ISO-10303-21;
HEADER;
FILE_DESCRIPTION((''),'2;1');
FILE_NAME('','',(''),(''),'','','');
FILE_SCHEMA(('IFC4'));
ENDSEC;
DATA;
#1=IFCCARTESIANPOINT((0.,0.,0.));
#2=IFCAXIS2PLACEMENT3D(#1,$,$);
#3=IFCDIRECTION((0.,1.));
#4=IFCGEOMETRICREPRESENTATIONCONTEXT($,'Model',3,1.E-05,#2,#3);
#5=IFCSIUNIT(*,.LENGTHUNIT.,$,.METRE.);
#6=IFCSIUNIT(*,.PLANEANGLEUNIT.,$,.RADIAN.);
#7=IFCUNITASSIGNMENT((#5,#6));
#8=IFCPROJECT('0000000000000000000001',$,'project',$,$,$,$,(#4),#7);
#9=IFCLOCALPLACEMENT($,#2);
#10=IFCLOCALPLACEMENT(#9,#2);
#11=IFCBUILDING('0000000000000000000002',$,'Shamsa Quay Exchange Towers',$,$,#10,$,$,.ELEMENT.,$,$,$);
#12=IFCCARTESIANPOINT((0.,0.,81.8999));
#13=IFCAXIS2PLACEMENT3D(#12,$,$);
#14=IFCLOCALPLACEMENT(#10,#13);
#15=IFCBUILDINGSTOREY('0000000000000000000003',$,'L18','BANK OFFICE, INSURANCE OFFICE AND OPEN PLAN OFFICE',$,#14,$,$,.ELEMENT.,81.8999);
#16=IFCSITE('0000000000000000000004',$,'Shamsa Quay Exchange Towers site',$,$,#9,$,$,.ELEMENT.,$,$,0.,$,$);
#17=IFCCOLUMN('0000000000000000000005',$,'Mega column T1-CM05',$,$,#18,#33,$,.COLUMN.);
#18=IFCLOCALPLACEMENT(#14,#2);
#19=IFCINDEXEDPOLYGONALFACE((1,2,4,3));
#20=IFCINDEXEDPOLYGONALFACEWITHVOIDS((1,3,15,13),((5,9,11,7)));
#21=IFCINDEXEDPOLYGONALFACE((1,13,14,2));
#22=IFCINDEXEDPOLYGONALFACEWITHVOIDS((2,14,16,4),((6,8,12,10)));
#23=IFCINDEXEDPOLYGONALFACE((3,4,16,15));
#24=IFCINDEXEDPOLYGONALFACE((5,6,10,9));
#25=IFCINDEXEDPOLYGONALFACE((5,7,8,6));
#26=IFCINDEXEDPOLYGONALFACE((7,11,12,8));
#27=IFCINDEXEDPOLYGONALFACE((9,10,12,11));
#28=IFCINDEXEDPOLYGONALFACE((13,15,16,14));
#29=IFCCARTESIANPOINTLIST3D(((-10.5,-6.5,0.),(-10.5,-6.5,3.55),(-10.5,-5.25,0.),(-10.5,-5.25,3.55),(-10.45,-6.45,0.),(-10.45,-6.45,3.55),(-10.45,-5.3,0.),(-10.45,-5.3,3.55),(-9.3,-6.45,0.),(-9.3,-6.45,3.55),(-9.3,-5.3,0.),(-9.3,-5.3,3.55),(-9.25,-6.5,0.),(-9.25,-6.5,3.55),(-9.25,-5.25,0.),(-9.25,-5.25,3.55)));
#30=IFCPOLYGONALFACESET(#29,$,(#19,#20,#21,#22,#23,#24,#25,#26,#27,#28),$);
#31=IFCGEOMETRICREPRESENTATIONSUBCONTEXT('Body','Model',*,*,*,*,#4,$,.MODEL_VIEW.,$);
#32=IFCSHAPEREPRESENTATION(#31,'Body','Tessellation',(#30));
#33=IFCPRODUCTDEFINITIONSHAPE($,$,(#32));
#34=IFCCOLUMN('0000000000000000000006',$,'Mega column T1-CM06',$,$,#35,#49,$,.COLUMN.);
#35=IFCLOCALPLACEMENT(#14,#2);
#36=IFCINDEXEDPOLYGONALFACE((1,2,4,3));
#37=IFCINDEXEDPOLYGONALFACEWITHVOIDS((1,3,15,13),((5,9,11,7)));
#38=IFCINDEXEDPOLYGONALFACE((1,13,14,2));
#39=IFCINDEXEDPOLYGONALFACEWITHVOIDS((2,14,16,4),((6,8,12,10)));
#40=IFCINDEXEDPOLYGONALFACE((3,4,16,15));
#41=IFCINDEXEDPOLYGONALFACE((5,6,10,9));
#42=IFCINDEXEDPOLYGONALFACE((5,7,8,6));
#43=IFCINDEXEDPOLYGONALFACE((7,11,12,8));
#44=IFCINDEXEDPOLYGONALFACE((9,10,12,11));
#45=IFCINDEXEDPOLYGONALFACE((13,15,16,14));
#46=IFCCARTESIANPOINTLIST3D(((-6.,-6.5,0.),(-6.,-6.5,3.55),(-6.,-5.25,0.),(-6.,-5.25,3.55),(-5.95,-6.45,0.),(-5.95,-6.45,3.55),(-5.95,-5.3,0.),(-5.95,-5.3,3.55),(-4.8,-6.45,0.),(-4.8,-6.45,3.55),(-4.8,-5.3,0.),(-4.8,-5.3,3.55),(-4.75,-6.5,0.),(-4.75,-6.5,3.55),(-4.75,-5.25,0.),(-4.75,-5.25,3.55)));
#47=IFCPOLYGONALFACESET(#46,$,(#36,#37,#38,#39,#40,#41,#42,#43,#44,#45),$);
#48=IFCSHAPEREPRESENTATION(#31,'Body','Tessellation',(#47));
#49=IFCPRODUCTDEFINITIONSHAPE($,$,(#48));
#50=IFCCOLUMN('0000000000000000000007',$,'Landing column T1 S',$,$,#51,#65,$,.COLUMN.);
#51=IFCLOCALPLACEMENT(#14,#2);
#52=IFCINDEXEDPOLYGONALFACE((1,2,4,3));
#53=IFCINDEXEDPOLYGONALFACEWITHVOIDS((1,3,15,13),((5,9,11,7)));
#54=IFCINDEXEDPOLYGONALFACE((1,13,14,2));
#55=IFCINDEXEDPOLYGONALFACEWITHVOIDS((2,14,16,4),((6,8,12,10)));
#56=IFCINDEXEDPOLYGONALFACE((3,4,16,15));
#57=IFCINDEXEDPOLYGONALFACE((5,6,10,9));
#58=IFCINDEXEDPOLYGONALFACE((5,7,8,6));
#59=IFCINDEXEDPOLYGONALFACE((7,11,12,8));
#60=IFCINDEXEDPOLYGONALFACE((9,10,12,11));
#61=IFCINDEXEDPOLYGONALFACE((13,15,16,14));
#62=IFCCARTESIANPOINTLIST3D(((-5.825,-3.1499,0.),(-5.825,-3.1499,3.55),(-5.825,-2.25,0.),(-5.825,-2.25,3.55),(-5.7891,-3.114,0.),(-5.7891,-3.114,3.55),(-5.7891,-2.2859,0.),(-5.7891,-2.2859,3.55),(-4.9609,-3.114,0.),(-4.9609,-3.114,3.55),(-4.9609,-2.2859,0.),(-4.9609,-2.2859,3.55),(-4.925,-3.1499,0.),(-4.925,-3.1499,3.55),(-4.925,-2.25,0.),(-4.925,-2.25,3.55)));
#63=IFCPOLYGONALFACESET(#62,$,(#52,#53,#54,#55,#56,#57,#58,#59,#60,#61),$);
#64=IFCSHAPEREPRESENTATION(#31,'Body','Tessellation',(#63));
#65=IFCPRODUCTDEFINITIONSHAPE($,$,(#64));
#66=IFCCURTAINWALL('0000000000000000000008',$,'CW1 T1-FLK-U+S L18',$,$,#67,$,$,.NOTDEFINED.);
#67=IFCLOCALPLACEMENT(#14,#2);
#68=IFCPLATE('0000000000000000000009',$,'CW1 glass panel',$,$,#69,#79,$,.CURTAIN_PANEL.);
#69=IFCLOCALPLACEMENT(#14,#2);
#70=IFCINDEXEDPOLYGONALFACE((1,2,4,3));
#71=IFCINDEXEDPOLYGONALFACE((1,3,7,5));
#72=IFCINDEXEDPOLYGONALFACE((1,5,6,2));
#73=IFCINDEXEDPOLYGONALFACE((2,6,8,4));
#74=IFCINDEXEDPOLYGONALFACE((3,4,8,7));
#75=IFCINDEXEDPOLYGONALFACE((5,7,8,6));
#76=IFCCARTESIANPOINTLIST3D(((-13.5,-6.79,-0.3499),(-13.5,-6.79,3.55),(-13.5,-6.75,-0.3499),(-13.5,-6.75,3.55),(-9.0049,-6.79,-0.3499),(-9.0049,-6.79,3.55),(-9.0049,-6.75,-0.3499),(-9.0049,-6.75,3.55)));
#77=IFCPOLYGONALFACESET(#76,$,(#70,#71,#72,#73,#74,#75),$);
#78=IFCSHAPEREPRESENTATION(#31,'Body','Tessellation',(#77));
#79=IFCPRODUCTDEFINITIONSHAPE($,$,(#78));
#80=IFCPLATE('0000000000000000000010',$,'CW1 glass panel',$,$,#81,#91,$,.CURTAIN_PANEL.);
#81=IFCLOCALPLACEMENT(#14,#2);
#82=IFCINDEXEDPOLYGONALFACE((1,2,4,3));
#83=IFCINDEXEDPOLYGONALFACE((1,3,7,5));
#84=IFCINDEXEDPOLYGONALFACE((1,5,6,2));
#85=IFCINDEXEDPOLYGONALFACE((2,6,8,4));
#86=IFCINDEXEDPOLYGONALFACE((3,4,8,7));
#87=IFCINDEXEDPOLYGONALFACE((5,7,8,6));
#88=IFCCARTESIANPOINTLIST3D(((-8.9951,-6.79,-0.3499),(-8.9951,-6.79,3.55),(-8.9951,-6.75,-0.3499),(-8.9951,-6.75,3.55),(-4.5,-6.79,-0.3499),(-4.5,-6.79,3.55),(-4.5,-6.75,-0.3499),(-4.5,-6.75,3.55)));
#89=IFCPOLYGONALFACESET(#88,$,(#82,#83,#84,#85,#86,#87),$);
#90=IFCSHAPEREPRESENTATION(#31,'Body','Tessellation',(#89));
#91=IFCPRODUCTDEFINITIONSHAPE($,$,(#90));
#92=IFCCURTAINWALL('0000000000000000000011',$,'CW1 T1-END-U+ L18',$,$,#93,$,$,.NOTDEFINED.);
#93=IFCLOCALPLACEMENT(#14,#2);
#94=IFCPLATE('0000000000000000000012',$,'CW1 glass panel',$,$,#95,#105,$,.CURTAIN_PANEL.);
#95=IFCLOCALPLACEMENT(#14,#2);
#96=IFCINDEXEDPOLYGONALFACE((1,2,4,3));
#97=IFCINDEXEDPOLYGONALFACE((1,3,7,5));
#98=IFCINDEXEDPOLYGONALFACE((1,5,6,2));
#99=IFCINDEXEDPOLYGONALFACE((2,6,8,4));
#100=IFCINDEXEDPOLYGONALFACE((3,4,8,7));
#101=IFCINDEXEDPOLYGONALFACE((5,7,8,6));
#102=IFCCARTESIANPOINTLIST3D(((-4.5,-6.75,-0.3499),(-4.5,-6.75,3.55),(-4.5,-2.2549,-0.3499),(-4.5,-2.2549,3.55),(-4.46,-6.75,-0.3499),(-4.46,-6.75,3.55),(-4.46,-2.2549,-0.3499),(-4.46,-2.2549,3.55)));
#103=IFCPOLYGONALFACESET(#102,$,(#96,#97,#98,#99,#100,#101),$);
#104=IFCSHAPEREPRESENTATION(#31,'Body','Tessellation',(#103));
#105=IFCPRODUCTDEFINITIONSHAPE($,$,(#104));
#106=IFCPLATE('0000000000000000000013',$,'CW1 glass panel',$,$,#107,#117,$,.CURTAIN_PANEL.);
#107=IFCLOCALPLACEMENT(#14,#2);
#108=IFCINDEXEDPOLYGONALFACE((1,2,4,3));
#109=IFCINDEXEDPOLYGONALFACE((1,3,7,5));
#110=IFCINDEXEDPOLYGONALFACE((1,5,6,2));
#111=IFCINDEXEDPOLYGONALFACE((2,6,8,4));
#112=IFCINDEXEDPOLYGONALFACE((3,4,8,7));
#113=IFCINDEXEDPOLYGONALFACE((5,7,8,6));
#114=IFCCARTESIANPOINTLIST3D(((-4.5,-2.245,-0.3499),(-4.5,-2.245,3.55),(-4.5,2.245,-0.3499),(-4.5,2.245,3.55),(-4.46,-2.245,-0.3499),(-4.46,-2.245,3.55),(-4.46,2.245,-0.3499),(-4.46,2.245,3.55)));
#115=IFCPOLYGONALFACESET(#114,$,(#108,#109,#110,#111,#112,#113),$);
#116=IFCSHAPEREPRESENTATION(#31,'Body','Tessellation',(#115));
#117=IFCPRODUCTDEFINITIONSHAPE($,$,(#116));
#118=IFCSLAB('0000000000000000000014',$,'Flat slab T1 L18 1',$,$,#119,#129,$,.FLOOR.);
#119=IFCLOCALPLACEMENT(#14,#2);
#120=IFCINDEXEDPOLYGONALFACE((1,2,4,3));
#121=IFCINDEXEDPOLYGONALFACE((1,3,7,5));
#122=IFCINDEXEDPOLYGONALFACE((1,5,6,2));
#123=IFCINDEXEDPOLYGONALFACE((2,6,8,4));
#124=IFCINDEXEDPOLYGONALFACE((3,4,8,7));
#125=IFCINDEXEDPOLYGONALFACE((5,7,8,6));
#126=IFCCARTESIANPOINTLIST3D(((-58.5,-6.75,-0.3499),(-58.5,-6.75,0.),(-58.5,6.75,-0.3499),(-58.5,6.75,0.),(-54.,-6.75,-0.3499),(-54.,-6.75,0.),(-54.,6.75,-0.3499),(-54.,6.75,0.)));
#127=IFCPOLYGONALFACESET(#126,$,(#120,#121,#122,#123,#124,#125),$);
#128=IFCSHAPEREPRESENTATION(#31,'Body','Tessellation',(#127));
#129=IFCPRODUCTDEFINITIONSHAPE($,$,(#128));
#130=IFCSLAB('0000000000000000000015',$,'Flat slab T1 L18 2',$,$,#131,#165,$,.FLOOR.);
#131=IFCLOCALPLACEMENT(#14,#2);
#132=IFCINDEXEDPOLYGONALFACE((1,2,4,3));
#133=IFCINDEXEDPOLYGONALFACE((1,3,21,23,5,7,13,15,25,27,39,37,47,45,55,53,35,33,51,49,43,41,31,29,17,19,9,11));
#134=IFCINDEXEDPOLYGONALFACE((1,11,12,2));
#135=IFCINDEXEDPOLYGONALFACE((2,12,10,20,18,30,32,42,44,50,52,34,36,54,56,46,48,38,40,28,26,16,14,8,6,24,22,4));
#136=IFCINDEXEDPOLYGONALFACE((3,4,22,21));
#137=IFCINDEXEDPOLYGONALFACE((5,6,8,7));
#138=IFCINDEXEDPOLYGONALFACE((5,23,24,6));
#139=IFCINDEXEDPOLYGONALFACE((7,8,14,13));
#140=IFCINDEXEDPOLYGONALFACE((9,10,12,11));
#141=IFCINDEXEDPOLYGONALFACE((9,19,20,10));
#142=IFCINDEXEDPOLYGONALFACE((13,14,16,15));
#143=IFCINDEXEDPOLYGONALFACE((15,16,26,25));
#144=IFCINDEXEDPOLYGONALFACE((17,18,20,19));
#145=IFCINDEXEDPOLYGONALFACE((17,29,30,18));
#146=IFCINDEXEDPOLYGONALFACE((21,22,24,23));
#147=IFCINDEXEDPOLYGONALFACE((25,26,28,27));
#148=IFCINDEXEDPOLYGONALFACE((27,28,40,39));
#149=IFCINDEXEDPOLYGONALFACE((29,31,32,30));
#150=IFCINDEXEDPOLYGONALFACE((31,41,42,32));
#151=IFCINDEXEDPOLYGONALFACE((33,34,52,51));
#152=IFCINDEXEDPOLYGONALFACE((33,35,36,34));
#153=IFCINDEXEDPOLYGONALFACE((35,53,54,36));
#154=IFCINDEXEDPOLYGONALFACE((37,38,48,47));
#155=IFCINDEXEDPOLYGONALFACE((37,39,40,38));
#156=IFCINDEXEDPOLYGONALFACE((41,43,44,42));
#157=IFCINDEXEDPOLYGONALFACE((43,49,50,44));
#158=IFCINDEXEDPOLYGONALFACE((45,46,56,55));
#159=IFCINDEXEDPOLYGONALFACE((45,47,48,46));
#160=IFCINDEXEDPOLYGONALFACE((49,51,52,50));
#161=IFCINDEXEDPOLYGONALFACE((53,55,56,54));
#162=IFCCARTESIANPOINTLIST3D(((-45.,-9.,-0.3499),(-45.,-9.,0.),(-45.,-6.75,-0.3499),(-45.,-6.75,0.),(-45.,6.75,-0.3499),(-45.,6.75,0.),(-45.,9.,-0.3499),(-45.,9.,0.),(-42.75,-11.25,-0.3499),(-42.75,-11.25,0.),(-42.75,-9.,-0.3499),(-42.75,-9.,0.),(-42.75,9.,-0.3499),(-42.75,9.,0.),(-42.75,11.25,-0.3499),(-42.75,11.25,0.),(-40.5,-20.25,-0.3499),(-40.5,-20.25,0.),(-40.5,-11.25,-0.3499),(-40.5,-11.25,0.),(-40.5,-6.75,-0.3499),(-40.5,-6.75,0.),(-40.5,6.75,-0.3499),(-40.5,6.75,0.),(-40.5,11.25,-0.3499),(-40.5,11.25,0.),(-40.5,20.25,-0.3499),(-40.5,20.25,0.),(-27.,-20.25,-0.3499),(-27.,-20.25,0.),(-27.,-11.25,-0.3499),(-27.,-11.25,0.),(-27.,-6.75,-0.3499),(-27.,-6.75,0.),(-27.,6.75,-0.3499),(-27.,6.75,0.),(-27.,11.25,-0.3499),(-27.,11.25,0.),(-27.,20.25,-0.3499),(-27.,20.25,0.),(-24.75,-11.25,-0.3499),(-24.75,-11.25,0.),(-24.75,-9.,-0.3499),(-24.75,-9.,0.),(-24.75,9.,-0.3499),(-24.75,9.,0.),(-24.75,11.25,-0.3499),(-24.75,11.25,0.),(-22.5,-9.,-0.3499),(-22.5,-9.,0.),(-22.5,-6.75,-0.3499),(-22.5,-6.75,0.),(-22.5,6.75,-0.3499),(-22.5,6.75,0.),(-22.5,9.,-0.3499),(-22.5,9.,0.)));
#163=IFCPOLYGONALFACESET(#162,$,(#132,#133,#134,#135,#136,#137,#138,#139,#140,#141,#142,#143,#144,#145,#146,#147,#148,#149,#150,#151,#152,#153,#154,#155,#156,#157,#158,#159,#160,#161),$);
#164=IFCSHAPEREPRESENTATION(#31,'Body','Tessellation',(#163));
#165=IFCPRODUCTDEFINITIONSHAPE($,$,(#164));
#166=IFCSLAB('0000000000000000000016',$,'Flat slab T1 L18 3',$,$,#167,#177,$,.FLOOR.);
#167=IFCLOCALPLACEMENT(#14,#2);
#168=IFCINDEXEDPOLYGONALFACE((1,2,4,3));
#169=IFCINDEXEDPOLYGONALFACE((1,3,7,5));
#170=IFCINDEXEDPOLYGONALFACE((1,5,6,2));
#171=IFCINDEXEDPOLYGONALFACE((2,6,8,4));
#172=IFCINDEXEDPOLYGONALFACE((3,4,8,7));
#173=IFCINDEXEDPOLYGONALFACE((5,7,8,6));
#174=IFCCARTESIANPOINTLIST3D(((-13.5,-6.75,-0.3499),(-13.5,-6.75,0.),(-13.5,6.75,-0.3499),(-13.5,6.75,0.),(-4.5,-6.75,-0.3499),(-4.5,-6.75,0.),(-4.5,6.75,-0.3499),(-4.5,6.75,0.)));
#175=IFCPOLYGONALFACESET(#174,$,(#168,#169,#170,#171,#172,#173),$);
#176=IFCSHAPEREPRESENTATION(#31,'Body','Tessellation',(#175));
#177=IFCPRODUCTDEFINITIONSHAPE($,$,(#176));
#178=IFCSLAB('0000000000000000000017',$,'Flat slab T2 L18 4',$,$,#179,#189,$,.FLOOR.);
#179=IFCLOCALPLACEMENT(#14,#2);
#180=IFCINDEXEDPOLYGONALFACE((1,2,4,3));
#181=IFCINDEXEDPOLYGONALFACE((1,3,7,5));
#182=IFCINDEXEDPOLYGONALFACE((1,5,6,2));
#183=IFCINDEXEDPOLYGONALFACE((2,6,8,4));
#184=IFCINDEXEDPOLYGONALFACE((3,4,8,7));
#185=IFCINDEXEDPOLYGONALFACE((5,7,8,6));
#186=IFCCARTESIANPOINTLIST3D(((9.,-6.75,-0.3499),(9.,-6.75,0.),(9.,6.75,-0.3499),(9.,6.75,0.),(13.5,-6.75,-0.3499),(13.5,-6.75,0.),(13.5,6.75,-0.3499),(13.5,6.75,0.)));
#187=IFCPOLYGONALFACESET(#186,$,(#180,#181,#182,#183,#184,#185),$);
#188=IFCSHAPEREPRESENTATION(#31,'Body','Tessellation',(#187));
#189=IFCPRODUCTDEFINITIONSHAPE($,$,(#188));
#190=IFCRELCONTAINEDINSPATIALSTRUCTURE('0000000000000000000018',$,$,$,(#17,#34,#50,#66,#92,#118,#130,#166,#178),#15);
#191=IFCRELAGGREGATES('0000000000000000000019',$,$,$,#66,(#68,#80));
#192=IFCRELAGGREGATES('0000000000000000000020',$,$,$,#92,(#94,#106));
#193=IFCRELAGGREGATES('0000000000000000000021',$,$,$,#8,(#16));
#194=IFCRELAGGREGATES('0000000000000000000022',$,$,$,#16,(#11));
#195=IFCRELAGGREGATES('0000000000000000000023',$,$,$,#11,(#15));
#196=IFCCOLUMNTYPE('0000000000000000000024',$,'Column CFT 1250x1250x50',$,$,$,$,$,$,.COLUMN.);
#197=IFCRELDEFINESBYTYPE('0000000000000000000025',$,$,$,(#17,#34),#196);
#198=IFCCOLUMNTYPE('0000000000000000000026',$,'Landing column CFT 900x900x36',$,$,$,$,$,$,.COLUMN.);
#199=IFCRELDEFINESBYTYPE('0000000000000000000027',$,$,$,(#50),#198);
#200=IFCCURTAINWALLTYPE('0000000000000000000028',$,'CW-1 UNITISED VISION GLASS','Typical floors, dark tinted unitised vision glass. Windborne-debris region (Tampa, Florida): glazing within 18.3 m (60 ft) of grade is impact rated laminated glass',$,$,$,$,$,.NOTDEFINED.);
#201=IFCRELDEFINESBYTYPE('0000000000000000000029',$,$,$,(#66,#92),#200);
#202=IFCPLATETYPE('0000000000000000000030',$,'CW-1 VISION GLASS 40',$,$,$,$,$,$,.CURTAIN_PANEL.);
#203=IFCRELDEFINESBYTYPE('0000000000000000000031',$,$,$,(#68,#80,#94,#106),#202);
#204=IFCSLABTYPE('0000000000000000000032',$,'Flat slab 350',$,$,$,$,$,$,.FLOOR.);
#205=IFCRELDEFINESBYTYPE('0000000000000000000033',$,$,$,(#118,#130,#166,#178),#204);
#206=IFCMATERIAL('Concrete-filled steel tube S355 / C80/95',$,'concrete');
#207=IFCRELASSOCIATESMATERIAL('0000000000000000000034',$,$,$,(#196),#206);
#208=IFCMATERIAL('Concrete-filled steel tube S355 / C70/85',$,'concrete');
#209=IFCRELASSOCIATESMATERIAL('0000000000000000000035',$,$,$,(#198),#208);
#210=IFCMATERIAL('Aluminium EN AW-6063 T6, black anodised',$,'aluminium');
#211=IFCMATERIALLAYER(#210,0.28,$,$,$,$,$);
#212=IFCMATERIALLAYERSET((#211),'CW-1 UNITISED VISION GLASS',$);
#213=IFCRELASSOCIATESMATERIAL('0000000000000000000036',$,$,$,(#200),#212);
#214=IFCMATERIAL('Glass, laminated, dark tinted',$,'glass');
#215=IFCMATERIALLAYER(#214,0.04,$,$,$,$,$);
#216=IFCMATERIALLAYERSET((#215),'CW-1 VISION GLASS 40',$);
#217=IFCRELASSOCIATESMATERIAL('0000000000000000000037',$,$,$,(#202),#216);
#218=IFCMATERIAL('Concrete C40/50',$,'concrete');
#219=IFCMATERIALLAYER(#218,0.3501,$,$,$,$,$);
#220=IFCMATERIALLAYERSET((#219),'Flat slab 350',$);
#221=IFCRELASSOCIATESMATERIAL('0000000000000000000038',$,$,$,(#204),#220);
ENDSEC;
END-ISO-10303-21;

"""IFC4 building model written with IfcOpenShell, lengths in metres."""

from ifc_helpers import new_model, si_unit, direction, frame, origin, origin_2d, place, context, subcontext, project, spatial, polyline, rectangle, hollow_rectangle, outline, extrude, material, layer, layer_set, material_profile, profile_set, type_object, element, aggregate, save


model = new_model("IFC4")

# Units and contexts
model_context = context("Model", 3, precision=1e-05, world=origin(), true_north=direction((0.0, 1.0)))
body_context = subcontext(model_context, "Body", "Model", "MODEL_VIEW")
ifc_project = project(units=[si_unit("LENGTHUNIT", "METRE"), si_unit("PLANEANGLEUNIT", "RADIAN")], contexts=[model_context])

# Site, building, storey
site_placement = place(None, origin())
site = spatial("IfcSite", under=ifc_project, at=site_placement, Name="Shamsa Quay Exchange Towers site", CompositionType="ELEMENT", RefElevation=0.0)
building_placement = place(site_placement, origin())
building = spatial("IfcBuilding", under=site, at=building_placement, Name="Shamsa Quay Exchange Towers", CompositionType="ELEMENT")
storey_placement = place(building_placement, frame((0.0, 0.0, 81.8999)))
storey = spatial("IfcBuildingStorey", under=building, at=storey_placement, Name="L18", Description="BANK OFFICE, INSURANCE OFFICE AND OPEN PLAN OFFICE", CompositionType="ELEMENT", Elevation=81.8999)

# Columns
ifc_material_1 = material(Name="Concrete-filled steel tube S355 / C80/95", Category="concrete")
ifc_material_profile_1 = material_profile(ifc_material_1, hollow_rectangle(XDim=1.25, YDim=1.25, WallThickness=0.05, at=origin_2d()), Name="CFT 1250x1250x50")
ifc_profile_set_1 = profile_set([ifc_material_profile_1], Name="Concrete-filled steel tube S355 / C80/95")
column_type_1 = type_object("IfcColumnType", Name="Column CFT 1250x1250x50", PredefinedType="COLUMN", material=ifc_profile_set_1)
for number, where, name in (
    (1, (-9.875, -5.875, 0.0), "Mega column T1-CM05"),
    (2, (-5.375, -5.875, 0.0), "Mega column T1-CM06"),
):
    element("IfcColumn", number, at=place(storey_placement, frame(where)), inside=storey, type_object=column_type_1, Name=name, PredefinedType="COLUMN", context=body_context, shape_type="SweptSolid", body=[
        extrude(hollow_rectangle(XDim=1.25, YDim=1.25, WallThickness=0.05, at=origin_2d()), origin(), (0.0, 0.0, 1.0), 3.55),
    ])
ifc_material_2 = material(Name="Concrete-filled steel tube S355 / C70/85", Category="concrete")
ifc_material_profile_2 = material_profile(ifc_material_2, hollow_rectangle(XDim=0.8999, YDim=0.8999, WallThickness=0.0359, at=origin_2d()), Name="CFT 900x900x36")
ifc_profile_set_2 = profile_set([ifc_material_profile_2], Name="Concrete-filled steel tube S355 / C70/85")
column_type_2 = type_object("IfcColumnType", Name="Landing column CFT 900x900x36", PredefinedType="COLUMN", material=ifc_profile_set_2)
column_placement = place(storey_placement, frame((-5.375, -2.7, 0.0)))
element("IfcColumn", 3, at=column_placement, inside=storey, type_object=column_type_2, Name="Landing column T1 S", PredefinedType="COLUMN", context=body_context, shape_type="SweptSolid", body=[
    extrude(hollow_rectangle(XDim=0.8999, YDim=0.8999, WallThickness=0.0359, at=origin_2d()), origin(), (0.0, 0.0, 1.0), 3.55),
])

# Curtain walls, plates
ifc_material_3 = material(Name="Aluminium EN AW-6063 T6, black anodised", Category="aluminium")
ifc_layer_1 = layer(ifc_material_3, 0.28)
ifc_layer_set_1 = layer_set([ifc_layer_1], Name="CW-1 UNITISED VISION GLASS")
curtain_wall_type = type_object("IfcCurtainWallType", Name="CW-1 UNITISED VISION GLASS", Description="Typical floors, dark tinted unitised vision glass. Windborne-debris region (Tampa, Florida): glazing within 18.3 m (60 ft) of grade is impact rated laminated glass", PredefinedType="NOTDEFINED", material=ifc_layer_set_1)
curtain_wall_1_placement = place(storey_placement, origin())
curtain_wall_1 = element("IfcCurtainWall", 4, at=curtain_wall_1_placement, inside=storey, type_object=curtain_wall_type, Name="CW1 T1-FLK-U+S L18", PredefinedType="NOTDEFINED")
ifc_material_4 = material(Name="Glass, laminated, dark tinted", Category="glass")
ifc_layer_2 = layer(ifc_material_4, 0.04)
ifc_layer_set_2 = layer_set([ifc_layer_2], Name="CW-1 VISION GLASS 40")
plate_type = type_object("IfcPlateType", Name="CW-1 VISION GLASS 40", PredefinedType="CURTAIN_PANEL", material=ifc_layer_set_2)
plate_1_placement = place(storey_placement, frame((-11.2524, -6.77, -0.3499)))
plate_1 = element("IfcPlate", 5, at=plate_1_placement, type_object=plate_type, Name="CW1 glass panel", PredefinedType="CURTAIN_PANEL", context=body_context, shape_type="SweptSolid", body=[
    extrude(rectangle(XDim=4.4951, YDim=0.04, at=origin_2d()), origin(), (0.0, 0.0, 1.0), 3.8999),
])
plate_2_placement = place(storey_placement, frame((-6.7476, -6.77, -0.3499)))
plate_2 = element("IfcPlate", 6, at=plate_2_placement, type_object=plate_type, Name="CW1 glass panel", PredefinedType="CURTAIN_PANEL", context=body_context, shape_type="SweptSolid", body=[
    extrude(rectangle(XDim=4.4951, YDim=0.04, at=origin_2d()), origin(), (0.0, 0.0, 1.0), 3.8999),
])
aggregate(curtain_wall_1, [plate_1, plate_2])
curtain_wall_2_placement = place(storey_placement, origin())
curtain_wall_2 = element("IfcCurtainWall", 7, at=curtain_wall_2_placement, inside=storey, type_object=curtain_wall_type, Name="CW1 T1-END-U+ L18", PredefinedType="NOTDEFINED")
plate_3_placement = place(storey_placement, frame((-4.48, -4.5024, -0.3499), z_axis=(0.0, 0.0, 1.0), x_axis=(0.0, 1.0, 0.0)))
plate_3 = element("IfcPlate", 8, at=plate_3_placement, type_object=plate_type, Name="CW1 glass panel", PredefinedType="CURTAIN_PANEL", context=body_context, shape_type="SweptSolid", body=[
    extrude(rectangle(XDim=4.4951, YDim=0.04, at=origin_2d()), origin(), (0.0, 0.0, 1.0), 3.8999),
])
plate_4_placement = place(storey_placement, frame((-4.48, 0.0, -0.3499), z_axis=(0.0, 0.0, 1.0), x_axis=(0.0, 1.0, 0.0)))
plate_4 = element("IfcPlate", 9, at=plate_4_placement, type_object=plate_type, Name="CW1 glass panel", PredefinedType="CURTAIN_PANEL", context=body_context, shape_type="SweptSolid", body=[
    extrude(rectangle(XDim=4.49, YDim=0.04, at=origin_2d()), origin(), (0.0, 0.0, 1.0), 3.8999),
])
aggregate(curtain_wall_2, [plate_3, plate_4])

# Slabs
ifc_material_5 = material(Name="Concrete C40/50", Category="concrete")
ifc_layer_3 = layer(ifc_material_5, 0.3501)
ifc_layer_set_3 = layer_set([ifc_layer_3], Name="Flat slab 350")
slab_type_1 = type_object("IfcSlabType", Name="Flat slab 350", PredefinedType="FLOOR", material=ifc_layer_set_3)
slab_1_placement = place(storey_placement, frame((0.0, 0.0, -0.3499)))
element("IfcSlab", 10, at=slab_1_placement, inside=storey, type_object=slab_type_1, Name="Flat slab T1 L18 1", PredefinedType="FLOOR", context=body_context, shape_type="SweptSolid", body=[
    extrude(outline(polyline([(-58.5, -6.75), (-54.0, -6.75), (-54.0, 6.75), (-58.5, 6.75), (-58.5, -6.75)])), origin(), (0.0, 0.0, 1.0), 0.3499),
])
slab_2_placement = place(storey_placement, frame((0.0, 0.0, -0.3499)))
element("IfcSlab", 11, at=slab_2_placement, inside=storey, type_object=slab_type_1, Name="Flat slab T1 L18 2", PredefinedType="FLOOR", context=body_context, shape_type="SweptSolid", body=[
    extrude(outline(polyline([(-22.5, -9.0), (-22.5, -6.75), (-27.0, -6.75), (-27.0, 6.75), (-22.5, 6.75), (-22.5, 9.0), (-24.75, 9.0), (-24.75, 11.25), (-27.0, 11.25), (-27.0, 20.25), (-40.5, 20.25), (-40.5, 11.25), (-42.75, 11.25), (-42.75, 9.0), (-45.0, 9.0), (-45.0, 6.75), (-40.5, 6.75), (-40.5, -6.75), (-45.0, -6.75), (-45.0, -9.0), (-42.75, -9.0), (-42.75, -11.25), (-40.5, -11.25), (-40.5, -20.25), (-27.0, -20.25), (-27.0, -11.25), (-24.75, -11.25), (-24.75, -9.0), (-22.5, -9.0)])), origin(), (0.0, 0.0, 1.0), 0.3499),
])
slab_3_placement = place(storey_placement, frame((0.0, 0.0, -0.3499)))
element("IfcSlab", 12, at=slab_3_placement, inside=storey, type_object=slab_type_1, Name="Flat slab T1 L18 3", PredefinedType="FLOOR", context=body_context, shape_type="SweptSolid", body=[
    extrude(outline(polyline([(-4.5, 6.75), (-13.5, 6.75), (-13.5, -6.75), (-4.5, -6.75), (-4.5, 6.75)])), origin(), (0.0, 0.0, 1.0), 0.3499),
])
slab_4_placement = place(storey_placement, frame((0.0, 0.0, -0.3499)))
element("IfcSlab", 13, at=slab_4_placement, inside=storey, type_object=slab_type_1, Name="Flat slab T2 L18 4", PredefinedType="FLOOR", context=body_context, shape_type="SweptSolid", body=[
    extrude(outline(polyline([(9.0, -6.75), (13.5, -6.75), (13.5, 6.75), (9.0, 6.75), (9.0, -6.75)])), origin(), (0.0, 0.0, 1.0), 0.3499),
])

save(model, "model.ifc")
